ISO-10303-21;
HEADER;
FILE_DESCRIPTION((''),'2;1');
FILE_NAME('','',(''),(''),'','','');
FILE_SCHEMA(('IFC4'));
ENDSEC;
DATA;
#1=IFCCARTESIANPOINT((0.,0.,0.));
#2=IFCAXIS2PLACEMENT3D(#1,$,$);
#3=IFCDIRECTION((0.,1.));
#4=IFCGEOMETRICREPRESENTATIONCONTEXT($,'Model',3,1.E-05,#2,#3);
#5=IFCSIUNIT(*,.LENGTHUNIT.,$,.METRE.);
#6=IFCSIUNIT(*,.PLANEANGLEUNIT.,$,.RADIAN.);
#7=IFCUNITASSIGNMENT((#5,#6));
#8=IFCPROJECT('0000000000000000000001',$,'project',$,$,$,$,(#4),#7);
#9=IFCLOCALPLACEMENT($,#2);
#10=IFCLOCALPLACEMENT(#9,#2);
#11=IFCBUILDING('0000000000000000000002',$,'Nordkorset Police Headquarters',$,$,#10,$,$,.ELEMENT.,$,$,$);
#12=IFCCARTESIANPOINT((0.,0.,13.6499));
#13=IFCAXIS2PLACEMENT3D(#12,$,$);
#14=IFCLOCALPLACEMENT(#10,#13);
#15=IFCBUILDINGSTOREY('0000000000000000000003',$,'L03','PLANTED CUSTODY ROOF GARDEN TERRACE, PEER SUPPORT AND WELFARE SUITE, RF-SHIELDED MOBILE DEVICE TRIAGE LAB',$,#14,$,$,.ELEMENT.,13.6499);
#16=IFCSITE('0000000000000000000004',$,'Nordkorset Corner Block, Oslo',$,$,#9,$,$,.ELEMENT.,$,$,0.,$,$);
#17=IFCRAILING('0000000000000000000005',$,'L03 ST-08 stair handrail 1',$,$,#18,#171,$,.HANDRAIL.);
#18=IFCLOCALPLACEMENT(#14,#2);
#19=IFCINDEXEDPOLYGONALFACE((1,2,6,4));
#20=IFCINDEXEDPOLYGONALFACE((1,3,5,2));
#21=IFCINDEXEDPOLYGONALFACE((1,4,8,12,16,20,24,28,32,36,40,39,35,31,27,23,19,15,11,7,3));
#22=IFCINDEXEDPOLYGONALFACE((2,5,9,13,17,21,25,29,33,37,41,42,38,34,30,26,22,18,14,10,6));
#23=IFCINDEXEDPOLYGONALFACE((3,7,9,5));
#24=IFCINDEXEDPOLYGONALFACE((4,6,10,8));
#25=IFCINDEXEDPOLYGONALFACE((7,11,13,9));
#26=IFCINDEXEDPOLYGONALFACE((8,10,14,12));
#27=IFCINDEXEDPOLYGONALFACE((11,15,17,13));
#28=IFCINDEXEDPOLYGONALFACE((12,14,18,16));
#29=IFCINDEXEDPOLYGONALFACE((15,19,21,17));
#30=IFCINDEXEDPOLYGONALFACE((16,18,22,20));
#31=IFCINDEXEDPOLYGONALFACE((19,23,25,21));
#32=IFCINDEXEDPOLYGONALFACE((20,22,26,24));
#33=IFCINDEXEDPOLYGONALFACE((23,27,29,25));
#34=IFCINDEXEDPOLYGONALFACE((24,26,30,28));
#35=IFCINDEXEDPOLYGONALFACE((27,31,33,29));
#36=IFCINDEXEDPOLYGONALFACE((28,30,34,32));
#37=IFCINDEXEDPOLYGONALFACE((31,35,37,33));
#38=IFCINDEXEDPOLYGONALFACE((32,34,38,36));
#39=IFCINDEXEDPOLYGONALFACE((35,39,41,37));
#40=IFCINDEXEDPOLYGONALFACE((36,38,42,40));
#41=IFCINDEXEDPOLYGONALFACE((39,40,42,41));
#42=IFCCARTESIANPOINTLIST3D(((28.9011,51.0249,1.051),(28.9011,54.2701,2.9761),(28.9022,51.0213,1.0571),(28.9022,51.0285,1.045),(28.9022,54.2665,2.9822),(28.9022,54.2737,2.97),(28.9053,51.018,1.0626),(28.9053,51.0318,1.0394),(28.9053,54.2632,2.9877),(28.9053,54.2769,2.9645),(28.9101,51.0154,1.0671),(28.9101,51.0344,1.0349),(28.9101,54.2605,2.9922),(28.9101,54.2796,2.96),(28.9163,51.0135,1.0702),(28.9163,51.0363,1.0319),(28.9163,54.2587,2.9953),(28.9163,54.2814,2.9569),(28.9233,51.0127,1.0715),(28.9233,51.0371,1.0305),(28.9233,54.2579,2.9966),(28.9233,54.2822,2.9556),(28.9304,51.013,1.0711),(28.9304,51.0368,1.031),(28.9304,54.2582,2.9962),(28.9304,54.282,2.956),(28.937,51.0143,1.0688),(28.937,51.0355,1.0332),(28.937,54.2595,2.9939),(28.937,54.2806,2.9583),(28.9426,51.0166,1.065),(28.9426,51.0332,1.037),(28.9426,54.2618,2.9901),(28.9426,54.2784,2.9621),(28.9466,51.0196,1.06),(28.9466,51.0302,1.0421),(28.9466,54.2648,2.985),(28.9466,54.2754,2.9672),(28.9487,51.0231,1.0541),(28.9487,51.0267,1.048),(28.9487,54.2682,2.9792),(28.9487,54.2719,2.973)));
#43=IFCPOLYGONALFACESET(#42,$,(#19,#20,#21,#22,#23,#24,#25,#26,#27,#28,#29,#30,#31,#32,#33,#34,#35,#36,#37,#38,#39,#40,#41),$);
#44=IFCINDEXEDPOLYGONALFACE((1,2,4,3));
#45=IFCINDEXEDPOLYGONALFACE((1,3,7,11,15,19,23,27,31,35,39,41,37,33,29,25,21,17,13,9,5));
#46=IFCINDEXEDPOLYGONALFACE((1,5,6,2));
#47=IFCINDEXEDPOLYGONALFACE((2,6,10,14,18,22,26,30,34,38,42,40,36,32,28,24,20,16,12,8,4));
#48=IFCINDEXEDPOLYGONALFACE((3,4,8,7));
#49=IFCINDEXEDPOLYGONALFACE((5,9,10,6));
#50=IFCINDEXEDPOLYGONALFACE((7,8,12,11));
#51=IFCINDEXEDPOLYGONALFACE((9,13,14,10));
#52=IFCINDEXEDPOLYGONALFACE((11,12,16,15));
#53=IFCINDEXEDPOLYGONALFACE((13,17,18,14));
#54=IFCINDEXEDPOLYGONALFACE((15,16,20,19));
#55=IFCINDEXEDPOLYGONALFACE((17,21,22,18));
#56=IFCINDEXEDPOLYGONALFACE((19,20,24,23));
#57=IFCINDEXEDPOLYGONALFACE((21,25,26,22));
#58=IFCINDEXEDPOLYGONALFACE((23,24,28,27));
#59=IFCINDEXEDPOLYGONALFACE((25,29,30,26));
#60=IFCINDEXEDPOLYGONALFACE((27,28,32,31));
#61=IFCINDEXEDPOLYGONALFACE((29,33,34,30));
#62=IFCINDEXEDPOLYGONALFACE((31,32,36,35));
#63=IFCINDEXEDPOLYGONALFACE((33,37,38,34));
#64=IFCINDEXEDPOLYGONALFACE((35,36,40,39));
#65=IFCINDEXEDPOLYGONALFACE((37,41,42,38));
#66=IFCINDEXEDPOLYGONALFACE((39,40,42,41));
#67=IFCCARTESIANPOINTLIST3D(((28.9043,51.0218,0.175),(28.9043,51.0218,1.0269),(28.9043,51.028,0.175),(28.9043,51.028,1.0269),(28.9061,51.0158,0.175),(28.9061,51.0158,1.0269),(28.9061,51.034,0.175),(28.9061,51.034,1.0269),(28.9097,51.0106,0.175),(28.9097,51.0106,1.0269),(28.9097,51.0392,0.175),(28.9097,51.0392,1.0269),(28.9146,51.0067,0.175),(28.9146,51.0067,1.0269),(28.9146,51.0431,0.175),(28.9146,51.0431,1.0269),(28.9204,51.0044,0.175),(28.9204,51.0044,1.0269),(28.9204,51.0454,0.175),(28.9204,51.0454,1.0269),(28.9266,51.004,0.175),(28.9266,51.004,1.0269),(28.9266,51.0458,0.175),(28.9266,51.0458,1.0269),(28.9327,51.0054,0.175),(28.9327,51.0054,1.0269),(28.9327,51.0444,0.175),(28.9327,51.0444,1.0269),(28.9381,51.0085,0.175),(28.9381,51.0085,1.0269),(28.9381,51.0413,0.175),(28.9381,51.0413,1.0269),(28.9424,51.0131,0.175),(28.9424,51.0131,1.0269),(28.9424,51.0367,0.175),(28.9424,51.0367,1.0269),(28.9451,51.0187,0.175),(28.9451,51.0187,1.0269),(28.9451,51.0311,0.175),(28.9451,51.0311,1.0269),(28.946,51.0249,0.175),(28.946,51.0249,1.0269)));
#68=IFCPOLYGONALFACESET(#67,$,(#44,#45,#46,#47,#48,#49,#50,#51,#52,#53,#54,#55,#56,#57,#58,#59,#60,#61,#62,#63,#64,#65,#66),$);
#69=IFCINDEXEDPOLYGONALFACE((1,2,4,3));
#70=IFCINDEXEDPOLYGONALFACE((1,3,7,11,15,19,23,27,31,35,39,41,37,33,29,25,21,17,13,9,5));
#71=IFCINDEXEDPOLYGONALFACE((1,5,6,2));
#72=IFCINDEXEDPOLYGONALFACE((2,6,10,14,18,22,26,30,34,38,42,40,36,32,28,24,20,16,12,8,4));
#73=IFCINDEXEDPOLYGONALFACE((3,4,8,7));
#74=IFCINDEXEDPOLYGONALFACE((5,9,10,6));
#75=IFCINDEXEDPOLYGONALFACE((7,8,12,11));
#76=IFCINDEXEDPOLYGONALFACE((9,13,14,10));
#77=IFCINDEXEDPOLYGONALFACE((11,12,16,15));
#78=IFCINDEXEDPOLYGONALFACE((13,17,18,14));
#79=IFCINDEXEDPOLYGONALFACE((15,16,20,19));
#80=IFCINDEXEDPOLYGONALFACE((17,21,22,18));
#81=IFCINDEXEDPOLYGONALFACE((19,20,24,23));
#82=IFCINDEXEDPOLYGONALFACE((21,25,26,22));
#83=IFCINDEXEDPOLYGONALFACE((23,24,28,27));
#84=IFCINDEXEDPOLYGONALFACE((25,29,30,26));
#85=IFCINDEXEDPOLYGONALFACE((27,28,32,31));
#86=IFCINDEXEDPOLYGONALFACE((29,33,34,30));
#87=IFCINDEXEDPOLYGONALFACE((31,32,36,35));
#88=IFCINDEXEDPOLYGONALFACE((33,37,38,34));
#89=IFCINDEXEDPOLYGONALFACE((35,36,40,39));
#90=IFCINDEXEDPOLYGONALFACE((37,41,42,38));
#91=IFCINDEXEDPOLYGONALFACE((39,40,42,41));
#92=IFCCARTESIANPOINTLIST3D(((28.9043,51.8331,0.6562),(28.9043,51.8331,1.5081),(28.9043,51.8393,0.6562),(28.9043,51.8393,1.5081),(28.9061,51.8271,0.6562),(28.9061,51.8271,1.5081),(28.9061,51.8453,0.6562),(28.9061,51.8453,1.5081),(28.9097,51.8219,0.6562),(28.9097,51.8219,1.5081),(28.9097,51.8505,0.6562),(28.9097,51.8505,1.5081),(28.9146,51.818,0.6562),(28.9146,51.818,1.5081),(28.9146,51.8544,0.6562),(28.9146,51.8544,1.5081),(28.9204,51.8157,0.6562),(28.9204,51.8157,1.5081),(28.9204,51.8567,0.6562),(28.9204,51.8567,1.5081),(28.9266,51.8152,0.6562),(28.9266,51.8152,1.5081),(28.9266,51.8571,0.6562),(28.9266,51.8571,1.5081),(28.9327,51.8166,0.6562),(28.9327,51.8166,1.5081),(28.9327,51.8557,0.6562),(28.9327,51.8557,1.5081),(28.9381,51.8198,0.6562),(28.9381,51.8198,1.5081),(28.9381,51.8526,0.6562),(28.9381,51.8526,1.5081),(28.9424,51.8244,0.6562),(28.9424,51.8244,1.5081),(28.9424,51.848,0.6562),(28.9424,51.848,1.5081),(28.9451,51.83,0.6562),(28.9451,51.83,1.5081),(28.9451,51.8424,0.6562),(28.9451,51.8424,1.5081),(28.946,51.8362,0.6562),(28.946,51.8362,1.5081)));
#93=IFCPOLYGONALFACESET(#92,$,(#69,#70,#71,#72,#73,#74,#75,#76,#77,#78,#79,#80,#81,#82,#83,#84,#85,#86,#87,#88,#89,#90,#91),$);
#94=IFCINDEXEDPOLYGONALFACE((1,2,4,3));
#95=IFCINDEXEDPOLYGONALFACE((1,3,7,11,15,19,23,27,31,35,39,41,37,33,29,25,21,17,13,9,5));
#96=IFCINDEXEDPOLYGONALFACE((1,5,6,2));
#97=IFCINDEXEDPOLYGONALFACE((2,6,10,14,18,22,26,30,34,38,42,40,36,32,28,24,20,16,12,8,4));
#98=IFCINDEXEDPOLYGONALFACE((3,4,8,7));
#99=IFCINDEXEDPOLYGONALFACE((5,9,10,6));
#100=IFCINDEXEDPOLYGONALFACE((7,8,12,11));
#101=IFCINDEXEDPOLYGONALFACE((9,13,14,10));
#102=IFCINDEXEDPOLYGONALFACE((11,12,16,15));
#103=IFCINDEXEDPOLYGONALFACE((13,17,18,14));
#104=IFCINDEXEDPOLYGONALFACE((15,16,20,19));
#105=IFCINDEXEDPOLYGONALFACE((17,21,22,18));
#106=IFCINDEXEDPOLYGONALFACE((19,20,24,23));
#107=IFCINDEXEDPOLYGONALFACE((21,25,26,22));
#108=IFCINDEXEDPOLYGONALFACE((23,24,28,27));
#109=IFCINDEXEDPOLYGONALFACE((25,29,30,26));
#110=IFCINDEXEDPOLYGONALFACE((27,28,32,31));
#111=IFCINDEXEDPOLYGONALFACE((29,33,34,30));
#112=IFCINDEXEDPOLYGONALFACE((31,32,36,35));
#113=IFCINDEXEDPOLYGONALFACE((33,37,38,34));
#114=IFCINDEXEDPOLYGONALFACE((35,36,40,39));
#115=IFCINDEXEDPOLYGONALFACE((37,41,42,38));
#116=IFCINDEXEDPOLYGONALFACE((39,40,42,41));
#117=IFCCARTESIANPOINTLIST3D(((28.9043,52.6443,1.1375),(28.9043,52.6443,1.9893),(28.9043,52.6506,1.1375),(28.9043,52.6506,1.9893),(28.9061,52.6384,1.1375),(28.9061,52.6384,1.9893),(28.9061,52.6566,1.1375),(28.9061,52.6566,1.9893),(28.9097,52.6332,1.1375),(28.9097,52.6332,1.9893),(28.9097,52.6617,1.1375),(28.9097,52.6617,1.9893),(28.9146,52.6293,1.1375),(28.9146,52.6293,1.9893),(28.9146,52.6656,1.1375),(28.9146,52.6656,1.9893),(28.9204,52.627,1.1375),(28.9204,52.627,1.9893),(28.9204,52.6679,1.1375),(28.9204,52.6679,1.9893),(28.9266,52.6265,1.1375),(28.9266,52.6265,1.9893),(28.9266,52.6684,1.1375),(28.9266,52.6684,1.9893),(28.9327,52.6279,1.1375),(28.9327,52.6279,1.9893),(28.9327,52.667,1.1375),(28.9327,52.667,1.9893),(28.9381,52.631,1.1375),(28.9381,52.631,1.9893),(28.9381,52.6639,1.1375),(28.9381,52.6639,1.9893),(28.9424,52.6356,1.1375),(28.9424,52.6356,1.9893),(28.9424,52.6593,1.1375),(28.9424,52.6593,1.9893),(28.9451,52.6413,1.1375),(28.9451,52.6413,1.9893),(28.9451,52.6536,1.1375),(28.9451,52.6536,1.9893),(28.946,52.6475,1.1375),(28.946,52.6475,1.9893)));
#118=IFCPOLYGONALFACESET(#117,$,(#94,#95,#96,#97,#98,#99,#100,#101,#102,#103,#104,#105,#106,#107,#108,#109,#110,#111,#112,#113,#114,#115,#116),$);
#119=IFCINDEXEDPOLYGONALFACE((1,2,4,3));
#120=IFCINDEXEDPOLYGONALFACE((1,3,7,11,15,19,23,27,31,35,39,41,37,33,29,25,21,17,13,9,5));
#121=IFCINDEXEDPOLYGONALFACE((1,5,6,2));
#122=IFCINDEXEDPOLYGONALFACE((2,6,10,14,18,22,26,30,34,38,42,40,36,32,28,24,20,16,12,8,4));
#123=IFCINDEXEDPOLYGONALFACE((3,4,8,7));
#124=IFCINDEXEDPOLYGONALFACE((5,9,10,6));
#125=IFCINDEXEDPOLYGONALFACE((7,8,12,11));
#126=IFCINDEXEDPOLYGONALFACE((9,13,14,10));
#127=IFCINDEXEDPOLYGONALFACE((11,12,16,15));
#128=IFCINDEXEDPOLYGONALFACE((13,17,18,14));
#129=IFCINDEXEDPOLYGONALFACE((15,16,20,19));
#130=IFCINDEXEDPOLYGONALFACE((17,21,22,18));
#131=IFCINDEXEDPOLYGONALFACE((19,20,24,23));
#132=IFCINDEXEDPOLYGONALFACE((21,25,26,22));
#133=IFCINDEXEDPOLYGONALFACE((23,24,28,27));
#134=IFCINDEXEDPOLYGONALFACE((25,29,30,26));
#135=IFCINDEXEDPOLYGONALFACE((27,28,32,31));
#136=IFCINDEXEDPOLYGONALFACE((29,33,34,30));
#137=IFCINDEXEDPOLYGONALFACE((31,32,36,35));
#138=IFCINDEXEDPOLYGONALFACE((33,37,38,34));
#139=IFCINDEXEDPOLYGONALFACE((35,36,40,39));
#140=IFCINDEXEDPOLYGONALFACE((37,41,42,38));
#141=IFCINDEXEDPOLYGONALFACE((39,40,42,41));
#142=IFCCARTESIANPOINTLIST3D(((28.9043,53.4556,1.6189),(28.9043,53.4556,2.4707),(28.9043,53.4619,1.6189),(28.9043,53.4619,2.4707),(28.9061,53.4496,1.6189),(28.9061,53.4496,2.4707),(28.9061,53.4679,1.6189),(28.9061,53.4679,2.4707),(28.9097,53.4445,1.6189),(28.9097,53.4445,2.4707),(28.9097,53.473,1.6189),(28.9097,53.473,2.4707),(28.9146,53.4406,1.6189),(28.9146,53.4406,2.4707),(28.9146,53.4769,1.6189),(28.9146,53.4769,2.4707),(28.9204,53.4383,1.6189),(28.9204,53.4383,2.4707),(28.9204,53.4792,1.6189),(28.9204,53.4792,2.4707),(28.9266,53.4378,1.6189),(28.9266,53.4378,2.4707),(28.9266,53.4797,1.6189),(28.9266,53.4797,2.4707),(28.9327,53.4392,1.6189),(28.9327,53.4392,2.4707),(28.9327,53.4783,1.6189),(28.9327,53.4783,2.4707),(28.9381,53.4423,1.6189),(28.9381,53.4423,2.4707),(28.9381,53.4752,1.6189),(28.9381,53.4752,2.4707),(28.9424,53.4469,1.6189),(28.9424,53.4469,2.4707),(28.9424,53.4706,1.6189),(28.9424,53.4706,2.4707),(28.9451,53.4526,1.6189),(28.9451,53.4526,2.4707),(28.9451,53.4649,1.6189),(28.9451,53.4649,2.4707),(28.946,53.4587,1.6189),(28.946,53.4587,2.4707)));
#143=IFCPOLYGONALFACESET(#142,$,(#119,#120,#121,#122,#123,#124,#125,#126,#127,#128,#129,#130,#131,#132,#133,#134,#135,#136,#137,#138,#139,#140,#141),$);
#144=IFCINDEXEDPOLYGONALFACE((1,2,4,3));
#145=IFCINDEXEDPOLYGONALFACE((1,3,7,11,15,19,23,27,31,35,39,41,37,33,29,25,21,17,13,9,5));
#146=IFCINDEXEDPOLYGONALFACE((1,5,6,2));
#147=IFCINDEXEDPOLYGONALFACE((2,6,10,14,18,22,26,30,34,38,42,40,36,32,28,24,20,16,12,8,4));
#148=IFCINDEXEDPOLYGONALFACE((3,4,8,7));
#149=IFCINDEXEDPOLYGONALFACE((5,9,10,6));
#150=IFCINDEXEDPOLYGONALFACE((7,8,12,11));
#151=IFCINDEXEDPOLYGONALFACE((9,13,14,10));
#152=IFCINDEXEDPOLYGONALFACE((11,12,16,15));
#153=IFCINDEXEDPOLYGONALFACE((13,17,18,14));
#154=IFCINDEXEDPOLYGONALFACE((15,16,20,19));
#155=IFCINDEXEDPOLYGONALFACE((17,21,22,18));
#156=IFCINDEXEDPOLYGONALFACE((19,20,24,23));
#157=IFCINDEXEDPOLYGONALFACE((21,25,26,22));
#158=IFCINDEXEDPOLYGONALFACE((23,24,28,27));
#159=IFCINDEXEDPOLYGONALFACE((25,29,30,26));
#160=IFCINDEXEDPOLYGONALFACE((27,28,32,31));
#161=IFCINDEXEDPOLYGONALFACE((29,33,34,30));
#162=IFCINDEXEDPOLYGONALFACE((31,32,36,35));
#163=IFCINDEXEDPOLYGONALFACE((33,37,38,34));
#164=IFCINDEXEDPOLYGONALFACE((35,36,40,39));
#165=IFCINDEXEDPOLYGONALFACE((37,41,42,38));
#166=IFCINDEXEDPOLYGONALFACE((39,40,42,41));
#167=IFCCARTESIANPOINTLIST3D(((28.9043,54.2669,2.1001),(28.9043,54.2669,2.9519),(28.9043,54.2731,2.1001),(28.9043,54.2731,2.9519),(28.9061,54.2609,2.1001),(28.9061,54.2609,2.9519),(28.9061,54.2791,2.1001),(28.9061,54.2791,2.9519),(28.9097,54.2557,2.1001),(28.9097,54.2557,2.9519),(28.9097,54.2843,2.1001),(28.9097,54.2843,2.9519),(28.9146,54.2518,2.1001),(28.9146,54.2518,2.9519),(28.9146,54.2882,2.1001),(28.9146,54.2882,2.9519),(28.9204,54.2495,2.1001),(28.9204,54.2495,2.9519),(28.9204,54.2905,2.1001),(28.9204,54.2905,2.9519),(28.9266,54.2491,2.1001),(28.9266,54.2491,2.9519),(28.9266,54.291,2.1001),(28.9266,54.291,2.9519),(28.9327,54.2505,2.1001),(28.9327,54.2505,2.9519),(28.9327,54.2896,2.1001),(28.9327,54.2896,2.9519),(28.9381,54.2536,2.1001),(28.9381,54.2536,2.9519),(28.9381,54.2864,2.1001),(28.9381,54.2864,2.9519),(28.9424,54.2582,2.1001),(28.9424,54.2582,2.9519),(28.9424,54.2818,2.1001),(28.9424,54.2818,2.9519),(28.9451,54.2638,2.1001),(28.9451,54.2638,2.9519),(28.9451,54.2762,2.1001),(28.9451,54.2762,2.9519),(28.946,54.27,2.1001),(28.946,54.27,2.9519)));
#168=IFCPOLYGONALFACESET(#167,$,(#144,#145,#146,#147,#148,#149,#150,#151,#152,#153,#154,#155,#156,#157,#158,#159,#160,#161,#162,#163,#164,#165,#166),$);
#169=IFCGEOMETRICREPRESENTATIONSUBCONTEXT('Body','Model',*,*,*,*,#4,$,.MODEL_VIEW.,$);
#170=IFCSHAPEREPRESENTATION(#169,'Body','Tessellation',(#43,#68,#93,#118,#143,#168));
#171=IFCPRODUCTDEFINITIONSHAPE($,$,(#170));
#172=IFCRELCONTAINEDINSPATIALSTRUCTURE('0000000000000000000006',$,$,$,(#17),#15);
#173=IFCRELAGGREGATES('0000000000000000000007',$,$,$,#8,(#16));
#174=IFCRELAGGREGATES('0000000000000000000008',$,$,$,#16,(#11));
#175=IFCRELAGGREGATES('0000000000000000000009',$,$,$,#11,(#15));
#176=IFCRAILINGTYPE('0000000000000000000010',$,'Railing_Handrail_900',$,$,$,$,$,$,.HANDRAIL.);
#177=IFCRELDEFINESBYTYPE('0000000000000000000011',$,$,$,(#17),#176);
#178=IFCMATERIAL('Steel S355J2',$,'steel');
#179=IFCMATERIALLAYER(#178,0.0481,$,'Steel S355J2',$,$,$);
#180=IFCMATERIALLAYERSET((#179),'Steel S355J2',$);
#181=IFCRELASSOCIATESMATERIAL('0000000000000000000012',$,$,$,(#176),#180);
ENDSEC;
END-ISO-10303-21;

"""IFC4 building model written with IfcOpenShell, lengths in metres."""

from ifc_helpers import new_model, si_unit, direction, frame, origin, origin_2d, place, context, subcontext, project, spatial, circle, extrude, material, layer, layer_set, type_object, element, save


model = new_model("IFC4")

# Units and contexts
model_context = context("Model", 3, precision=1e-05, world=origin(), true_north=direction((0.0, 1.0)))
body_context = subcontext(model_context, "Body", "Model", "MODEL_VIEW")
ifc_project = project(units=[si_unit("LENGTHUNIT", "METRE"), si_unit("PLANEANGLEUNIT", "RADIAN")], contexts=[model_context])

# Site, building, storey
site_placement = place(None, origin())
site = spatial("IfcSite", under=ifc_project, at=site_placement, Name="Nordkorset Corner Block, Oslo", CompositionType="ELEMENT", RefElevation=0.0)
building_placement = place(site_placement, origin())
building = spatial("IfcBuilding", under=site, at=building_placement, Name="Nordkorset Police Headquarters", CompositionType="ELEMENT")
storey_placement = place(building_placement, frame((0.0, 0.0, 13.6499)))
storey = spatial("IfcBuildingStorey", under=building, at=storey_placement, Name="L03", Description="PLANTED CUSTODY ROOF GARDEN TERRACE, PEER SUPPORT AND WELFARE SUITE, RF-SHIELDED MOBILE DEVICE TRIAGE LAB", CompositionType="ELEMENT", Elevation=13.6499)

# Railing
ifc_material_1 = material(Name="Steel S355J2", Category="steel")
ifc_layer_1 = layer(ifc_material_1, 0.0481, Name="Steel S355J2")
ifc_layer_set_1 = layer_set([ifc_layer_1], Name="Steel S355J2")
railing_type_1 = type_object("IfcRailingType", Name="Railing_Handrail_900", PredefinedType="HANDRAIL", material=ifc_layer_set_1)
railing_1_placement = place(storey_placement, frame((28.925, 51.0249, 0.175)))
element("IfcRailing", 1, at=railing_1_placement, inside=storey, type_object=railing_type_1, Name="L03 ST-08 stair handrail 1", PredefinedType="HANDRAIL", context=body_context, shape_type="SweptSolid", body=[
    extrude(circle(Radius=0.0239, at=origin_2d()), frame((0.0, 0.0, 0.876), z_axis=(0.0, 0.860057, 0.510198), x_axis=(-1.0, 0.0, 0.0)), (0.0, 0.0, 1.0), 3.7732),
    extrude(circle(Radius=0.021, at=origin_2d()), origin(), (0.0, 0.0, 1.0), 0.8518),
    extrude(circle(Radius=0.021, at=origin_2d()), frame((0.0, 0.8113, 0.4812)), (0.0, 0.0, 1.0), 0.8518),
    extrude(circle(Radius=0.021, at=origin_2d()), frame((0.0, 1.6226, 0.9624)), (0.0, 0.0, 1.0), 0.8518),
    extrude(circle(Radius=0.021, at=origin_2d()), frame((0.0, 2.4338, 1.4438)), (0.0, 0.0, 1.0), 0.8518),
    extrude(circle(Radius=0.021, at=origin_2d()), frame((0.0, 3.2451, 1.925)), (0.0, 0.0, 1.0), 0.8518),
])

save(model, "model.ifc")
